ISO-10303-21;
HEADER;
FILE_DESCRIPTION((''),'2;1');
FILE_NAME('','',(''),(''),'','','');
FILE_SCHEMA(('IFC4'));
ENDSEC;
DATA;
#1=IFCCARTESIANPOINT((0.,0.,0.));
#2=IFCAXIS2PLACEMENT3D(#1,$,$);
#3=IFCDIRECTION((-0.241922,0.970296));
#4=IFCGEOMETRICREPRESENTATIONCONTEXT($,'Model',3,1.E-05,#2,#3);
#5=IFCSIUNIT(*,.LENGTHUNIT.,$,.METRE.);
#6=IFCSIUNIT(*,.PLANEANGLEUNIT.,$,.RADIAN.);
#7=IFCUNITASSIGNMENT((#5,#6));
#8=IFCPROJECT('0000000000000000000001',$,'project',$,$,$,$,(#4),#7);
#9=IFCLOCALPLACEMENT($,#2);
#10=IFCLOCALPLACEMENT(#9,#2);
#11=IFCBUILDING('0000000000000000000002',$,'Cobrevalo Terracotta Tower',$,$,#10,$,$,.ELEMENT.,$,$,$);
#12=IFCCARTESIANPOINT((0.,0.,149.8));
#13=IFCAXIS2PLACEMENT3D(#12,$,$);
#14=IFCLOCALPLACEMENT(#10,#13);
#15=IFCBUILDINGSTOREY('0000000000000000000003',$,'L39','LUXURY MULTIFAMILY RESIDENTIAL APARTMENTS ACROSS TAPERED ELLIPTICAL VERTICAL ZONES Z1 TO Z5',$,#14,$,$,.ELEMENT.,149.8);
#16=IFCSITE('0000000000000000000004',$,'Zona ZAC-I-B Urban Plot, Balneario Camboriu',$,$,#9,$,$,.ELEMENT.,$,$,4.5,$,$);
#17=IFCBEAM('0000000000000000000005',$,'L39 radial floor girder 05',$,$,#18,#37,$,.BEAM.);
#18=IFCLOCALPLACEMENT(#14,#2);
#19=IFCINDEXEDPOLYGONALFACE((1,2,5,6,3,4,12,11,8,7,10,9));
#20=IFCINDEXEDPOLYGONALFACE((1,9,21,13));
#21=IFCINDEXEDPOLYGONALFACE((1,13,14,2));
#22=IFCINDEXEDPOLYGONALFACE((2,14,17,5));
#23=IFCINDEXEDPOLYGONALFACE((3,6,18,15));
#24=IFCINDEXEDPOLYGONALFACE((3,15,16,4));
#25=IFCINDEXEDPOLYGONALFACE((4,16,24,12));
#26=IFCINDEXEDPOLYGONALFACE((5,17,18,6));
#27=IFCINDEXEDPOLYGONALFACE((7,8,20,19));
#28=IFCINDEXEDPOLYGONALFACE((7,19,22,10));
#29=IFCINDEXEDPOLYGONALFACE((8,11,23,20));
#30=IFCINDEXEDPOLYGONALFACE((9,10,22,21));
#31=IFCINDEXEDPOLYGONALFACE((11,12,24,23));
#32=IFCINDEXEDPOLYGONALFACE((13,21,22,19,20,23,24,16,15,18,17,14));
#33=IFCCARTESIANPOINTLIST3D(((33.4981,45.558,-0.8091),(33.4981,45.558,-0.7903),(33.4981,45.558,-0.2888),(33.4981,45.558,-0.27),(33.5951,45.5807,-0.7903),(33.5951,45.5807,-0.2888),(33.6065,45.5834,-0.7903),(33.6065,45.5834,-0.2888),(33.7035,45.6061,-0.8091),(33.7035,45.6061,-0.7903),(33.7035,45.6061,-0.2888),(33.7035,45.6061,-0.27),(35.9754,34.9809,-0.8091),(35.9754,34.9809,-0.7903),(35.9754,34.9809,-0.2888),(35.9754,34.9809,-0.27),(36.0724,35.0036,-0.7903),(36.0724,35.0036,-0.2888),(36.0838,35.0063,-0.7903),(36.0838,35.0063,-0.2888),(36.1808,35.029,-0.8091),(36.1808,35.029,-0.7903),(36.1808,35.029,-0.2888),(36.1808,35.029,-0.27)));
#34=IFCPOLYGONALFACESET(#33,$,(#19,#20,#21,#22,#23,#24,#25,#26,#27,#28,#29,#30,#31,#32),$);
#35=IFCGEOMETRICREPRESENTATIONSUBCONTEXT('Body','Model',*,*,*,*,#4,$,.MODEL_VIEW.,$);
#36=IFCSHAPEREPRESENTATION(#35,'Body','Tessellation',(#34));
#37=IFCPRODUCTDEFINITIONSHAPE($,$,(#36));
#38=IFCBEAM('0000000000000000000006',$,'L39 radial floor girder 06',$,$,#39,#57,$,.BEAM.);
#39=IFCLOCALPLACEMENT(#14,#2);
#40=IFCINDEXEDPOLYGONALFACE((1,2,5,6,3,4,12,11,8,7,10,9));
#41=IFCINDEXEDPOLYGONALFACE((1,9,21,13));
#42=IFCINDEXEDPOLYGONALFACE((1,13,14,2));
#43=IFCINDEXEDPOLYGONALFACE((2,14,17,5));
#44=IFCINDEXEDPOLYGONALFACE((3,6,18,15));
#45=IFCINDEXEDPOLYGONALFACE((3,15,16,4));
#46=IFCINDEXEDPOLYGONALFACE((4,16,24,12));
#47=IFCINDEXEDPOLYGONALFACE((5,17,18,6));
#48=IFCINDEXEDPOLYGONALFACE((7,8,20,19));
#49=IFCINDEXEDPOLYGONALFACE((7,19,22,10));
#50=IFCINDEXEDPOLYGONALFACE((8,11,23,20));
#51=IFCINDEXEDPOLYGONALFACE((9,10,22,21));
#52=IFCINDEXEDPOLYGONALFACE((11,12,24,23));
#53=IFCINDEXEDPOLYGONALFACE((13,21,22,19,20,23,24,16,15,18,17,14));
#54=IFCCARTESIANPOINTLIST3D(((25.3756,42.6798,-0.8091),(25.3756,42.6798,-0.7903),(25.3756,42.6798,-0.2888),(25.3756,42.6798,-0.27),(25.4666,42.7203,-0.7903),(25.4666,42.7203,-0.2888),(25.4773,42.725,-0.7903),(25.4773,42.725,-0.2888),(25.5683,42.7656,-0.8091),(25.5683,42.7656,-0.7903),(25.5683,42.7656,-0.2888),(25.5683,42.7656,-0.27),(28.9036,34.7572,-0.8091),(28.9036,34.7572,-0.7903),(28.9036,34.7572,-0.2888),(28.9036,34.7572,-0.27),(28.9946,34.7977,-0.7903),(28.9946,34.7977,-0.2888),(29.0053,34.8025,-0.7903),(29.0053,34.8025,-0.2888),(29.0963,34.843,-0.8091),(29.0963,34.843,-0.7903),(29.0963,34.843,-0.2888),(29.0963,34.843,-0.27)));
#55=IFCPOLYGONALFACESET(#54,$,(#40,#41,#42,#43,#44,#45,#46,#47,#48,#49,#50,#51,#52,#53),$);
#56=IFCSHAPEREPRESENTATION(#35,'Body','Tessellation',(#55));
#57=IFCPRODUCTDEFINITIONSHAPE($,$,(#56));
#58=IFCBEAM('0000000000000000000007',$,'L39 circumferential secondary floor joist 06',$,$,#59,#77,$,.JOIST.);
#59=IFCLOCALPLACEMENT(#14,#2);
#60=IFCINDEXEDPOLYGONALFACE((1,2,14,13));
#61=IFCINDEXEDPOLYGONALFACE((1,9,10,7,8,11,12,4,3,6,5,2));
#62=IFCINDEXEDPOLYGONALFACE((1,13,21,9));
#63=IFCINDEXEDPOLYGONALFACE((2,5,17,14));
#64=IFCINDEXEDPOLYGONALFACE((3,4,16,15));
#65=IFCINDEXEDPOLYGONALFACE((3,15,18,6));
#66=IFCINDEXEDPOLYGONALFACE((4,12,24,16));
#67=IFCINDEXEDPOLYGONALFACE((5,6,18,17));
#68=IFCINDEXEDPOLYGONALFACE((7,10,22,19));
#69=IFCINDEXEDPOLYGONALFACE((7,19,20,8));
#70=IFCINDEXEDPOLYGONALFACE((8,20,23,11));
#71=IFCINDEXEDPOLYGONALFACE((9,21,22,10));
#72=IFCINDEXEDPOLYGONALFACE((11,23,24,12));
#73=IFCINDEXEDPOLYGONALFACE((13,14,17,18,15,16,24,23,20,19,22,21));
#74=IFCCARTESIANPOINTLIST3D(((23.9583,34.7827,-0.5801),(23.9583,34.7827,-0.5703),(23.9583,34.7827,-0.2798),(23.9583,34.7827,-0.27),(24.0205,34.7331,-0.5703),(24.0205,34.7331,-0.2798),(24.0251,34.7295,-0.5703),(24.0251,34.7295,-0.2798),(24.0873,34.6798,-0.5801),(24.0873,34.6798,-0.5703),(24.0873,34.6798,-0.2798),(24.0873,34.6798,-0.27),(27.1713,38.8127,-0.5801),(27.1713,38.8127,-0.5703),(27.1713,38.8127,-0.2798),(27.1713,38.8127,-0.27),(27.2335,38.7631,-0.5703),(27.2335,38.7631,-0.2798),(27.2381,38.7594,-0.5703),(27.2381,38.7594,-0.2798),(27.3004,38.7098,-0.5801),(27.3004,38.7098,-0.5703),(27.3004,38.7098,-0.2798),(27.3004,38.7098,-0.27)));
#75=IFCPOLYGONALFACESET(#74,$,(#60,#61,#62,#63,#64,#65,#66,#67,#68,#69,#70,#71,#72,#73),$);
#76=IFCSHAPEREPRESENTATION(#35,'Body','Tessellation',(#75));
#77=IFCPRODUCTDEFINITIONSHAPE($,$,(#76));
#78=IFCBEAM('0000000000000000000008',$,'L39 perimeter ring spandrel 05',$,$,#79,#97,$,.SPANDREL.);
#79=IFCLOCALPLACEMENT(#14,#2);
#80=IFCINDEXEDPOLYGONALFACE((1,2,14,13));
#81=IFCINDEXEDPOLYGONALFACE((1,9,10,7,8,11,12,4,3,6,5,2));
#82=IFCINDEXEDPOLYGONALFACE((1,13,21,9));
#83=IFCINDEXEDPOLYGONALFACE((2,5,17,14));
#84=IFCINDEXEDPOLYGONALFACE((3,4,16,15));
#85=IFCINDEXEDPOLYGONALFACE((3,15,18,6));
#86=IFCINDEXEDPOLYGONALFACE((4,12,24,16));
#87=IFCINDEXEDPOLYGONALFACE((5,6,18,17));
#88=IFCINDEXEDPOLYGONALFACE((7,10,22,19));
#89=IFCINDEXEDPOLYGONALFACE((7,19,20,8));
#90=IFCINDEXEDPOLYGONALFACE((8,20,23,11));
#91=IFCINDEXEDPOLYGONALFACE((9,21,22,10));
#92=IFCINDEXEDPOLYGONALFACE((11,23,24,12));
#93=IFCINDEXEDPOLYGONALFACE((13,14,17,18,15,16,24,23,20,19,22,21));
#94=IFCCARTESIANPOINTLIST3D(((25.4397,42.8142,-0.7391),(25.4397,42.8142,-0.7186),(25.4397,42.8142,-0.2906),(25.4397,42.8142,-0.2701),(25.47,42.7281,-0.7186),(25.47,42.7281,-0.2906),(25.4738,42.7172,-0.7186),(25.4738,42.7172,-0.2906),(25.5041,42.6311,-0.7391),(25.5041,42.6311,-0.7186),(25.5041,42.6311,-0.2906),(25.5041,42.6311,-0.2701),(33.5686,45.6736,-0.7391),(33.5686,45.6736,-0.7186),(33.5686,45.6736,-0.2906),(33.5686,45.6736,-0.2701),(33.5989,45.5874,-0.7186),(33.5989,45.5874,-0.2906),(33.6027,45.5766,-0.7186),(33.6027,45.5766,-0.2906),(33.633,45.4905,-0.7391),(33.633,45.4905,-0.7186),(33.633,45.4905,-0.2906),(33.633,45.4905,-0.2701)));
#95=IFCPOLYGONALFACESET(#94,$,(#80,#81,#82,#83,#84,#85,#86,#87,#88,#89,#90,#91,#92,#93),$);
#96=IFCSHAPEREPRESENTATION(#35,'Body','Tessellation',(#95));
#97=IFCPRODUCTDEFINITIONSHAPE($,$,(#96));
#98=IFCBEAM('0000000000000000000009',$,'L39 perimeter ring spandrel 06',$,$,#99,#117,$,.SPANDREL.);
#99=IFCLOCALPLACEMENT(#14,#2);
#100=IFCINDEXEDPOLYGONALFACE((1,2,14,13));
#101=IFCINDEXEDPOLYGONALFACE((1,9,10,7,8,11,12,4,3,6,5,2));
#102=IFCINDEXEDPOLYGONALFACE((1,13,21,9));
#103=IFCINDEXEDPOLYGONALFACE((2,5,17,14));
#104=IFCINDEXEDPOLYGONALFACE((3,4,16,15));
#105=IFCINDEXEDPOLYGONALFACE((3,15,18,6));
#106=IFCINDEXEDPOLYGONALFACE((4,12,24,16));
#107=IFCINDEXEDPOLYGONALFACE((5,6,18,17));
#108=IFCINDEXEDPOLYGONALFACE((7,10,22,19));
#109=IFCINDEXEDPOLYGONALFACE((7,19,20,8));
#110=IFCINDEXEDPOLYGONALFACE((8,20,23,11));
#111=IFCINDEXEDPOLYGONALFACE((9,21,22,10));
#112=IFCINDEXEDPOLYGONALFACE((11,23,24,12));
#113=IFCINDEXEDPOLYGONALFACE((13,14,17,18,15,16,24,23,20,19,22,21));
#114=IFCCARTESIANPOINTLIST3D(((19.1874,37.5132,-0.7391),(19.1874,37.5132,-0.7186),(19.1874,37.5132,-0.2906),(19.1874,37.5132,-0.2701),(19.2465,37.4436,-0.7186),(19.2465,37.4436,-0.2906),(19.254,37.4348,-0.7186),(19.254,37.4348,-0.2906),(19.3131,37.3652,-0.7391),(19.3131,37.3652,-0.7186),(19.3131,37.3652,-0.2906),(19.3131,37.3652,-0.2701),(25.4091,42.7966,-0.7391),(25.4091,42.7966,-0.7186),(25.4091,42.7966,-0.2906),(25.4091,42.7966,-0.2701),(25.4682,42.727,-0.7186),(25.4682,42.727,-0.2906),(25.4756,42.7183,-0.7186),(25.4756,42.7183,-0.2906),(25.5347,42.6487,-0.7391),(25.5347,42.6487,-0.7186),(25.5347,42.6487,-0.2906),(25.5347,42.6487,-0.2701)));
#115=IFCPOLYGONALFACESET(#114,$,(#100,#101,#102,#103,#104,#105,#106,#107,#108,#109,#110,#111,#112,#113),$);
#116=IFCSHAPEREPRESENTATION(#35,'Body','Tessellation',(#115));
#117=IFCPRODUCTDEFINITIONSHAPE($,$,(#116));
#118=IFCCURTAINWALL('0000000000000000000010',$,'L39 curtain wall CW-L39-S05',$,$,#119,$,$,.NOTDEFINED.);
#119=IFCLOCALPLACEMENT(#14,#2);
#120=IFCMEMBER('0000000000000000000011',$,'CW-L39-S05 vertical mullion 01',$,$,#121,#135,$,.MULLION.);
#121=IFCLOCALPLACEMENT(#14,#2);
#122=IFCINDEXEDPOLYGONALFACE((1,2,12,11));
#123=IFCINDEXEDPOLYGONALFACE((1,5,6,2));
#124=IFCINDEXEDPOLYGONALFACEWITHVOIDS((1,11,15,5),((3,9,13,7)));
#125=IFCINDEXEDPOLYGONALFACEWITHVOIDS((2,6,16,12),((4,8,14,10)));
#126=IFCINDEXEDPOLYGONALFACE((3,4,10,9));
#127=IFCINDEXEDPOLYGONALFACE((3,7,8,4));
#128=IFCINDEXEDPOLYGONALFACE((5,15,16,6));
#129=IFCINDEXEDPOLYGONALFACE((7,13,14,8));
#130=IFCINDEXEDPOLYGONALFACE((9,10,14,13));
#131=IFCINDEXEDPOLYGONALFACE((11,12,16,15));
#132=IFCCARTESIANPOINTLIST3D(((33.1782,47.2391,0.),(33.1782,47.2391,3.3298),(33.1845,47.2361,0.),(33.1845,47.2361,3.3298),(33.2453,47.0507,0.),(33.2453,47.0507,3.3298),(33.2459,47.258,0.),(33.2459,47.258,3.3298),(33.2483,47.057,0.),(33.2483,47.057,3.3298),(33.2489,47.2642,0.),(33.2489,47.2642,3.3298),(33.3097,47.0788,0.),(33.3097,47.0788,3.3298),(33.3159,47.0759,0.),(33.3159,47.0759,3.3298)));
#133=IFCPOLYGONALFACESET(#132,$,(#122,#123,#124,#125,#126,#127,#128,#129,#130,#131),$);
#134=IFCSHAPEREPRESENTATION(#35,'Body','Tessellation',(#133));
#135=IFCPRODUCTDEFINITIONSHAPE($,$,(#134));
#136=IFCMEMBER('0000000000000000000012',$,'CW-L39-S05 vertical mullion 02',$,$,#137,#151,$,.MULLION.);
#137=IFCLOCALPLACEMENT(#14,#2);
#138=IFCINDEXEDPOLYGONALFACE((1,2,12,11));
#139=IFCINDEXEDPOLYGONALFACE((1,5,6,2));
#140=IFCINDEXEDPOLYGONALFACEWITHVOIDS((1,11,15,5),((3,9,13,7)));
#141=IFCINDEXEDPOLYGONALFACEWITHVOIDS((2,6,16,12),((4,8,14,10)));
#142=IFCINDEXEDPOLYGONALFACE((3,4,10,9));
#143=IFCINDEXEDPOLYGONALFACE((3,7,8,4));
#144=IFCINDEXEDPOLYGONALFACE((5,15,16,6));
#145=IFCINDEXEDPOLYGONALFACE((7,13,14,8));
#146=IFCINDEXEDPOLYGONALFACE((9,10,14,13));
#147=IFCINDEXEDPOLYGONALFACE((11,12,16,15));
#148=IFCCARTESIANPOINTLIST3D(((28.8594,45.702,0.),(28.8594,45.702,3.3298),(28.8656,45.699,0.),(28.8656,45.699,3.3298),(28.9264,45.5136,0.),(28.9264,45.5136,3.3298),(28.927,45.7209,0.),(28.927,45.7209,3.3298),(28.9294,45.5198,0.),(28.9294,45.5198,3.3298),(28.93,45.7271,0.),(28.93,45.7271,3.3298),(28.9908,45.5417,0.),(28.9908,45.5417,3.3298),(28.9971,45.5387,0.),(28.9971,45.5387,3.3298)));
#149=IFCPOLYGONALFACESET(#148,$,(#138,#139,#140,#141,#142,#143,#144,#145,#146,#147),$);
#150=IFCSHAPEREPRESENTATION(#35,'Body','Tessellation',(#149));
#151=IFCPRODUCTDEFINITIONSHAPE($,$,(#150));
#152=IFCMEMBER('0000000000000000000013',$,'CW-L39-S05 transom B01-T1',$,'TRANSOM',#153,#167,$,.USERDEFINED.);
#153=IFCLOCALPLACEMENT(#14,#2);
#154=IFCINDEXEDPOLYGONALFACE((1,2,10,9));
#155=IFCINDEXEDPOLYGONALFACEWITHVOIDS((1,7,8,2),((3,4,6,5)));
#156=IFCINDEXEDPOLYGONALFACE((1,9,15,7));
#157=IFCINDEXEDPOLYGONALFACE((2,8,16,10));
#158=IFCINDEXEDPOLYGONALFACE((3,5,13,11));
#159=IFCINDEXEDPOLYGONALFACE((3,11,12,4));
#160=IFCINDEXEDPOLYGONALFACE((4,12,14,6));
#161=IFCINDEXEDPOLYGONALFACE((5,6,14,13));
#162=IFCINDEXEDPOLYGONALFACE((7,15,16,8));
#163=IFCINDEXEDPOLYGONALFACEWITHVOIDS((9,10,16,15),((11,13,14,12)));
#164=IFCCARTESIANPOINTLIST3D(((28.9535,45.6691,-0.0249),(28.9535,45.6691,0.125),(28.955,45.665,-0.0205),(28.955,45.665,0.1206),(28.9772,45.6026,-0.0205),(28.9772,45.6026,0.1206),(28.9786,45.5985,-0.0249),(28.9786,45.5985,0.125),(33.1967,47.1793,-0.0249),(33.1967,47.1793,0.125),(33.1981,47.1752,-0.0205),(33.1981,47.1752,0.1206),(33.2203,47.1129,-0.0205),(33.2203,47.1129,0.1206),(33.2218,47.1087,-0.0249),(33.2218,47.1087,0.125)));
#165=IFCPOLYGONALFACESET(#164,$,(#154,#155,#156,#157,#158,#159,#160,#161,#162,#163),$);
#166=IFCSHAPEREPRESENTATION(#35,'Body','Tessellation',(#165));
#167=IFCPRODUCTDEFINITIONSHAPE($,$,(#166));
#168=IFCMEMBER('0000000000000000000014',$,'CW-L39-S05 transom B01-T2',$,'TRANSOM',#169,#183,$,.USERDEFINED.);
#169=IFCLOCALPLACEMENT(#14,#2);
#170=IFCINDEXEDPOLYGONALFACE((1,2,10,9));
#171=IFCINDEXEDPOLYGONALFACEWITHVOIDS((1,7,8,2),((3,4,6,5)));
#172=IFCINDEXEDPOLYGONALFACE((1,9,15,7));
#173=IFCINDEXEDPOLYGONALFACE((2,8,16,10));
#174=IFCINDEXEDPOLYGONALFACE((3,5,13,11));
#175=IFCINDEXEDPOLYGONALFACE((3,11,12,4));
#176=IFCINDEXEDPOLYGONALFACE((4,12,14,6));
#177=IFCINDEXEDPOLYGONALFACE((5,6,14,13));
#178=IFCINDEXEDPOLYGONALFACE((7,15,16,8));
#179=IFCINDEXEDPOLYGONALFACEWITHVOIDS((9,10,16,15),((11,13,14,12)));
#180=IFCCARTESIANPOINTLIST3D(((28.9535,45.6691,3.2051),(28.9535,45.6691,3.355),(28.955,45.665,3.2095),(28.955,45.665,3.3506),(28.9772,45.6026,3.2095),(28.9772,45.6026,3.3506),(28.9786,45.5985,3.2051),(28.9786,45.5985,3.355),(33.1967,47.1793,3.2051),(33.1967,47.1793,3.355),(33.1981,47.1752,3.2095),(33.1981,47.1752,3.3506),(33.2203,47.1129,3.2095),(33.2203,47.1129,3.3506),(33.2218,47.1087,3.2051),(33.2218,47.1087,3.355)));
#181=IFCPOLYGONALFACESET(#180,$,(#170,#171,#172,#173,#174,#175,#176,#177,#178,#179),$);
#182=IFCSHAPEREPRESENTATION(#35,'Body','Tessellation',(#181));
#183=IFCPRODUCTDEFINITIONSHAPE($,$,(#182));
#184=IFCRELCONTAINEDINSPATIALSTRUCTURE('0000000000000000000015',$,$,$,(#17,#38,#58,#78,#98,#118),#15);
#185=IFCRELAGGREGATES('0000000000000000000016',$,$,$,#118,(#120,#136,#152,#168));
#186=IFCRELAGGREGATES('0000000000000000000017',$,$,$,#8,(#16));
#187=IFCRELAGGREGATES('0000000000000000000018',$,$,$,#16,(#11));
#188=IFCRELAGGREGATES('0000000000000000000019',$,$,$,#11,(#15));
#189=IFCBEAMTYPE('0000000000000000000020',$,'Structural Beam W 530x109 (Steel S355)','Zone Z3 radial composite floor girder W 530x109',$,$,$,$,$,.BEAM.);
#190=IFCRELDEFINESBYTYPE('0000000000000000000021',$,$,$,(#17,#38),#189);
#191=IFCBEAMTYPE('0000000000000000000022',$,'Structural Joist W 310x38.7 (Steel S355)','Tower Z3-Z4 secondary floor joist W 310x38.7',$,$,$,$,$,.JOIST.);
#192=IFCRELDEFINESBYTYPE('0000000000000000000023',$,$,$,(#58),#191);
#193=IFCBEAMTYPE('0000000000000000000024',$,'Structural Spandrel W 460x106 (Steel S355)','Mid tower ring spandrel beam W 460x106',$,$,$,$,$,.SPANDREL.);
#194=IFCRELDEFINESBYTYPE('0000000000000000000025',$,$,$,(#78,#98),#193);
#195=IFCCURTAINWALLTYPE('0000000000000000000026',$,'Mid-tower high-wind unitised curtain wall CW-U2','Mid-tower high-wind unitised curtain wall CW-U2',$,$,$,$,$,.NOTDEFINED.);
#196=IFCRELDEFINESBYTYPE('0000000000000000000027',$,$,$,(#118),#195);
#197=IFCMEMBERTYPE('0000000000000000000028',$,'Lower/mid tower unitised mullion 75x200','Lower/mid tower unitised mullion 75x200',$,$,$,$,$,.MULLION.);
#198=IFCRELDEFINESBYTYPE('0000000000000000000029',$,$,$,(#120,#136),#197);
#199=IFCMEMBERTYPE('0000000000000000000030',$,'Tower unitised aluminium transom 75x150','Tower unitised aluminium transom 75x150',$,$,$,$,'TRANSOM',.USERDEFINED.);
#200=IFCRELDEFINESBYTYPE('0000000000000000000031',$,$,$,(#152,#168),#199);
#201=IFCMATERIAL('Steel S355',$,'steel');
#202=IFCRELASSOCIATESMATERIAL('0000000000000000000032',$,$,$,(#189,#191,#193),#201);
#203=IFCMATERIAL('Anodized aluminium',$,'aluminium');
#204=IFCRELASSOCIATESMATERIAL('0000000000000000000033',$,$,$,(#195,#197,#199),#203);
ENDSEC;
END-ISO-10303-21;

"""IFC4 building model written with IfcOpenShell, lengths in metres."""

from ifc_helpers import new_model, si_unit, direction, frame, origin, origin_2d, place, context, subcontext, project, spatial, hollow_rectangle, i_section, extrude, source, transform, mapped, material, material_profile, profile_set, type_object, element, aggregate, save


model = new_model("IFC4")

# Units and contexts
model_context = context("Model", 3, precision=1e-05, world=origin(), true_north=direction((-0.241922, 0.970296)))
body_context = subcontext(model_context, "Body", "Model", "MODEL_VIEW")
ifc_project = project(units=[si_unit("LENGTHUNIT", "METRE"), si_unit("PLANEANGLEUNIT", "RADIAN")], contexts=[model_context])

# Site, building, storey
site_placement = place(None, origin())
site = spatial("IfcSite", under=ifc_project, at=site_placement, Name="Zona ZAC-I-B Urban Plot, Balneario Camboriu", CompositionType="ELEMENT", RefElevation=4.5)
building_placement = place(site_placement, origin())
building = spatial("IfcBuilding", under=site, at=building_placement, Name="Cobrevalo Terracotta Tower", CompositionType="ELEMENT")
storey_placement = place(building_placement, frame((0.0, 0.0, 149.8)))
storey = spatial("IfcBuildingStorey", under=building, at=storey_placement, Name="L39", Description="LUXURY MULTIFAMILY RESIDENTIAL APARTMENTS ACROSS TAPERED ELLIPTICAL VERTICAL ZONES Z1 TO Z5", CompositionType="ELEMENT", Elevation=149.8)

# Shared definitions
ifc_material_1 = material(Name="Steel S355", Category="steel")

# Beams
ifc_material_profile_1 = material_profile(ifc_material_1, i_section(OverallWidth=0.2109, OverallDepth=0.5391, WebThickness=0.0117, FlangeThickness=0.0188, at=origin_2d()), Name="W 530x109")
ifc_profile_set_1 = profile_set([ifc_material_profile_1], Name="Steel S355")
beam_type_1 = type_object("IfcBeamType", Name="Structural Beam W 530x109 (Steel S355)", Description="Zone Z3 radial composite floor girder W 530x109", PredefinedType="BEAM", material=ifc_profile_set_1)
beam_1_placement = place(storey_placement, frame((33.6008, 45.582, -0.5396), z_axis=(0.228041, -0.973652, 0.0), x_axis=(0.973652, 0.228041, 0.0)))
element("IfcBeam", 1, at=beam_1_placement, inside=storey, type_object=beam_type_1, Name="L39 radial floor girder 05", PredefinedType="BEAM", context=body_context, shape_type="SweptSolid", body=[
    extrude(i_section(OverallWidth=0.2109, OverallDepth=0.5391, WebThickness=0.0117, FlangeThickness=0.0188, at=origin_2d()), origin(), (0.0, 0.0, 1.0), 10.8633),
])
beam_2_placement = place(storey_placement, frame((25.4719, 42.7227, -0.5396), z_axis=(0.406804, -0.913515, 0.0), x_axis=(0.913515, 0.406804, 0.0)))
element("IfcBeam", 2, at=beam_2_placement, inside=storey, type_object=beam_type_1, Name="L39 radial floor girder 06", PredefinedType="BEAM", context=body_context, shape_type="SweptSolid", body=[
    extrude(i_section(OverallWidth=0.2109, OverallDepth=0.5391, WebThickness=0.0117, FlangeThickness=0.0188, at=origin_2d()), origin(), (0.0, 0.0, 1.0), 8.6726),
])
ifc_material_profile_2 = material_profile(ifc_material_1, i_section(OverallWidth=0.165, OverallDepth=0.3101, WebThickness=0.0059, FlangeThickness=0.0098, at=origin_2d()), Name="W 310x38.7")
ifc_profile_set_2 = profile_set([ifc_material_profile_2], Name="Steel S355")
beam_type_2 = type_object("IfcBeamType", Name="Structural Joist W 310x38.7 (Steel S355)", Description="Tower Z3-Z4 secondary floor joist W 310x38.7", PredefinedType="JOIST", material=ifc_profile_set_2)
beam_3_placement = place(storey_placement, frame((27.2358, 38.7612, -0.425), z_axis=(-0.623406, -0.781898, 0.0), x_axis=(0.781898, -0.623406, 0.0)))
element("IfcBeam", 3, at=beam_3_placement, inside=storey, type_object=beam_type_2, Name="L39 circumferential secondary floor joist 06", PredefinedType="JOIST", context=body_context, shape_type="SweptSolid", body=[
    extrude(i_section(OverallWidth=0.165, OverallDepth=0.3101, WebThickness=0.0059, FlangeThickness=0.0098, at=origin_2d()), origin(), (0.0, 0.0, 1.0), 5.1541),
])
ifc_material_profile_3 = material_profile(ifc_material_1, i_section(OverallWidth=0.1941, OverallDepth=0.469, WebThickness=0.0115, FlangeThickness=0.0205, at=origin_2d()), Name="W 460x106")
ifc_profile_set_3 = profile_set([ifc_material_profile_3], Name="Steel S355")
beam_type_3 = type_object("IfcBeamType", Name="Structural Spandrel W 460x106 (Steel S355)", Description="Mid tower ring spandrel beam W 460x106", PredefinedType="SPANDREL", material=ifc_profile_set_3)
beam_4_placement = place(storey_placement, frame((33.6008, 45.582, -0.5046), z_axis=(-0.943341, -0.331824, 0.0), x_axis=(0.331824, -0.943341, 0.0)))
element("IfcBeam", 4, at=beam_4_placement, inside=storey, type_object=beam_type_3, Name="L39 perimeter ring spandrel 05", PredefinedType="SPANDREL", context=body_context, shape_type="SweptSolid", body=[
    extrude(i_section(OverallWidth=0.1941, OverallDepth=0.469, WebThickness=0.0115, FlangeThickness=0.0205, at=origin_2d()), origin(), (0.0, 0.0, 1.0), 8.6172),
])
beam_5_placement = place(storey_placement, frame((25.4719, 42.7227, -0.5046), z_axis=(-0.76224, -0.647294, 0.0), x_axis=(0.647294, -0.76224, 0.0)))
element("IfcBeam", 5, at=beam_5_placement, inside=storey, type_object=beam_type_3, Name="L39 perimeter ring spandrel 06", PredefinedType="SPANDREL", context=body_context, shape_type="SweptSolid", body=[
    extrude(i_section(OverallWidth=0.1941, OverallDepth=0.469, WebThickness=0.0115, FlangeThickness=0.0205, at=origin_2d()), origin(), (0.0, 0.0, 1.0), 8.1624),
])

# Curtain wall, members
ifc_material_2 = material(Name="Anodized aluminium", Category="aluminium")
curtain_wall_type = type_object("IfcCurtainWallType", Name="Mid-tower high-wind unitised curtain wall CW-U2", Description="Mid-tower high-wind unitised curtain wall CW-U2", PredefinedType="NOTDEFINED", material=ifc_material_2)
curtain_wall_placement = place(storey_placement, origin())
curtain_wall = element("IfcCurtainWall", 6, at=curtain_wall_placement, inside=storey, type_object=curtain_wall_type, Name="L39 curtain wall CW-L39-S05", PredefinedType="NOTDEFINED")
ifc_material_profile_4 = material_profile(ifc_material_2, hollow_rectangle(XDim=0.075, YDim=0.2, WallThickness=0.0049, at=origin_2d()), Name="CWM 75x200")
ifc_profile_set_4 = profile_set([ifc_material_profile_4], Name="Anodized aluminium")
member_type_1 = type_object("IfcMemberType", Name="Lower/mid tower unitised mullion 75x200", Description="Lower/mid tower unitised mullion 75x200", PredefinedType="MULLION", material=ifc_profile_set_4)
shared_shape_1 = source(origin(), body_context, "Body", "SweptSolid", [
    extrude(hollow_rectangle(XDim=0.075, YDim=0.2, WallThickness=0.0049, at=origin_2d()), origin(), (0.0, 0.0, 1.0), 3.3298),
])
member_1_placement = place(storey_placement, frame((33.2471, 47.1575, 0.0), z_axis=(0.0, 0.0, 1.0), x_axis=(-0.942098, -0.335336, 0.0)))
member_1 = element("IfcMember", 7, at=member_1_placement, type_object=member_type_1, Name="CW-L39-S05 vertical mullion 01", PredefinedType="MULLION", context=body_context, shape_type="MappedRepresentation", body=[
    mapped(shared_shape_1, transform((0.0, 0.0, 0.0), scale=1.0)),
])
member_2_placement = place(storey_placement, frame((28.9282, 45.6204, 0.0), z_axis=(0.0, 0.0, 1.0), x_axis=(-0.942098, -0.335336, 0.0)))
member_2 = element("IfcMember", 8, at=member_2_placement, type_object=member_type_1, Name="CW-L39-S05 vertical mullion 02", PredefinedType="MULLION", context=body_context, shape_type="MappedRepresentation", body=[
    mapped(shared_shape_1, transform((0.0, 0.0, 0.0), scale=1.0)),
])
ifc_material_profile_5 = material_profile(ifc_material_2, hollow_rectangle(XDim=0.075, YDim=0.1499, WallThickness=0.0044, at=origin_2d()), Name="CWT 75x150")
ifc_profile_set_5 = profile_set([ifc_material_profile_5], Name="Anodized aluminium")
member_type_2 = type_object("IfcMemberType", Name="Tower unitised aluminium transom 75x150", Description="Tower unitised aluminium transom 75x150", ElementType="TRANSOM", PredefinedType="USERDEFINED", material=ifc_profile_set_5)
shared_shape_2 = source(origin(), body_context, "Body", "SweptSolid", [
    extrude(hollow_rectangle(XDim=0.075, YDim=0.1499, WallThickness=0.0044, at=origin_2d()), origin(), (0.0, 0.0, 1.0), 4.5039),
])
member_3_placement = place(storey_placement, frame((33.2092, 47.144, 0.05), z_axis=(-0.942104, -0.33532, 0.0), x_axis=(0.33532, -0.942104, 0.0)))
member_3 = element("IfcMember", 9, at=member_3_placement, type_object=member_type_2, Name="CW-L39-S05 transom B01-T1", ObjectType="TRANSOM", PredefinedType="USERDEFINED", context=body_context, shape_type="MappedRepresentation", body=[
    mapped(shared_shape_2, transform((0.0, 0.0, 0.0), scale=1.0)),
])
member_4_placement = place(storey_placement, frame((33.2092, 47.144, 3.28), z_axis=(-0.942104, -0.33532, 0.0), x_axis=(0.33532, -0.942104, 0.0)))
member_4 = element("IfcMember", 10, at=member_4_placement, type_object=member_type_2, Name="CW-L39-S05 transom B01-T2", ObjectType="TRANSOM", PredefinedType="USERDEFINED", context=body_context, shape_type="MappedRepresentation", body=[
    mapped(shared_shape_2, transform((0.0, 0.0, 0.0), scale=1.0)),
])
aggregate(curtain_wall, [member_1, member_2, member_3, member_4])

save(model, "model.ifc")
